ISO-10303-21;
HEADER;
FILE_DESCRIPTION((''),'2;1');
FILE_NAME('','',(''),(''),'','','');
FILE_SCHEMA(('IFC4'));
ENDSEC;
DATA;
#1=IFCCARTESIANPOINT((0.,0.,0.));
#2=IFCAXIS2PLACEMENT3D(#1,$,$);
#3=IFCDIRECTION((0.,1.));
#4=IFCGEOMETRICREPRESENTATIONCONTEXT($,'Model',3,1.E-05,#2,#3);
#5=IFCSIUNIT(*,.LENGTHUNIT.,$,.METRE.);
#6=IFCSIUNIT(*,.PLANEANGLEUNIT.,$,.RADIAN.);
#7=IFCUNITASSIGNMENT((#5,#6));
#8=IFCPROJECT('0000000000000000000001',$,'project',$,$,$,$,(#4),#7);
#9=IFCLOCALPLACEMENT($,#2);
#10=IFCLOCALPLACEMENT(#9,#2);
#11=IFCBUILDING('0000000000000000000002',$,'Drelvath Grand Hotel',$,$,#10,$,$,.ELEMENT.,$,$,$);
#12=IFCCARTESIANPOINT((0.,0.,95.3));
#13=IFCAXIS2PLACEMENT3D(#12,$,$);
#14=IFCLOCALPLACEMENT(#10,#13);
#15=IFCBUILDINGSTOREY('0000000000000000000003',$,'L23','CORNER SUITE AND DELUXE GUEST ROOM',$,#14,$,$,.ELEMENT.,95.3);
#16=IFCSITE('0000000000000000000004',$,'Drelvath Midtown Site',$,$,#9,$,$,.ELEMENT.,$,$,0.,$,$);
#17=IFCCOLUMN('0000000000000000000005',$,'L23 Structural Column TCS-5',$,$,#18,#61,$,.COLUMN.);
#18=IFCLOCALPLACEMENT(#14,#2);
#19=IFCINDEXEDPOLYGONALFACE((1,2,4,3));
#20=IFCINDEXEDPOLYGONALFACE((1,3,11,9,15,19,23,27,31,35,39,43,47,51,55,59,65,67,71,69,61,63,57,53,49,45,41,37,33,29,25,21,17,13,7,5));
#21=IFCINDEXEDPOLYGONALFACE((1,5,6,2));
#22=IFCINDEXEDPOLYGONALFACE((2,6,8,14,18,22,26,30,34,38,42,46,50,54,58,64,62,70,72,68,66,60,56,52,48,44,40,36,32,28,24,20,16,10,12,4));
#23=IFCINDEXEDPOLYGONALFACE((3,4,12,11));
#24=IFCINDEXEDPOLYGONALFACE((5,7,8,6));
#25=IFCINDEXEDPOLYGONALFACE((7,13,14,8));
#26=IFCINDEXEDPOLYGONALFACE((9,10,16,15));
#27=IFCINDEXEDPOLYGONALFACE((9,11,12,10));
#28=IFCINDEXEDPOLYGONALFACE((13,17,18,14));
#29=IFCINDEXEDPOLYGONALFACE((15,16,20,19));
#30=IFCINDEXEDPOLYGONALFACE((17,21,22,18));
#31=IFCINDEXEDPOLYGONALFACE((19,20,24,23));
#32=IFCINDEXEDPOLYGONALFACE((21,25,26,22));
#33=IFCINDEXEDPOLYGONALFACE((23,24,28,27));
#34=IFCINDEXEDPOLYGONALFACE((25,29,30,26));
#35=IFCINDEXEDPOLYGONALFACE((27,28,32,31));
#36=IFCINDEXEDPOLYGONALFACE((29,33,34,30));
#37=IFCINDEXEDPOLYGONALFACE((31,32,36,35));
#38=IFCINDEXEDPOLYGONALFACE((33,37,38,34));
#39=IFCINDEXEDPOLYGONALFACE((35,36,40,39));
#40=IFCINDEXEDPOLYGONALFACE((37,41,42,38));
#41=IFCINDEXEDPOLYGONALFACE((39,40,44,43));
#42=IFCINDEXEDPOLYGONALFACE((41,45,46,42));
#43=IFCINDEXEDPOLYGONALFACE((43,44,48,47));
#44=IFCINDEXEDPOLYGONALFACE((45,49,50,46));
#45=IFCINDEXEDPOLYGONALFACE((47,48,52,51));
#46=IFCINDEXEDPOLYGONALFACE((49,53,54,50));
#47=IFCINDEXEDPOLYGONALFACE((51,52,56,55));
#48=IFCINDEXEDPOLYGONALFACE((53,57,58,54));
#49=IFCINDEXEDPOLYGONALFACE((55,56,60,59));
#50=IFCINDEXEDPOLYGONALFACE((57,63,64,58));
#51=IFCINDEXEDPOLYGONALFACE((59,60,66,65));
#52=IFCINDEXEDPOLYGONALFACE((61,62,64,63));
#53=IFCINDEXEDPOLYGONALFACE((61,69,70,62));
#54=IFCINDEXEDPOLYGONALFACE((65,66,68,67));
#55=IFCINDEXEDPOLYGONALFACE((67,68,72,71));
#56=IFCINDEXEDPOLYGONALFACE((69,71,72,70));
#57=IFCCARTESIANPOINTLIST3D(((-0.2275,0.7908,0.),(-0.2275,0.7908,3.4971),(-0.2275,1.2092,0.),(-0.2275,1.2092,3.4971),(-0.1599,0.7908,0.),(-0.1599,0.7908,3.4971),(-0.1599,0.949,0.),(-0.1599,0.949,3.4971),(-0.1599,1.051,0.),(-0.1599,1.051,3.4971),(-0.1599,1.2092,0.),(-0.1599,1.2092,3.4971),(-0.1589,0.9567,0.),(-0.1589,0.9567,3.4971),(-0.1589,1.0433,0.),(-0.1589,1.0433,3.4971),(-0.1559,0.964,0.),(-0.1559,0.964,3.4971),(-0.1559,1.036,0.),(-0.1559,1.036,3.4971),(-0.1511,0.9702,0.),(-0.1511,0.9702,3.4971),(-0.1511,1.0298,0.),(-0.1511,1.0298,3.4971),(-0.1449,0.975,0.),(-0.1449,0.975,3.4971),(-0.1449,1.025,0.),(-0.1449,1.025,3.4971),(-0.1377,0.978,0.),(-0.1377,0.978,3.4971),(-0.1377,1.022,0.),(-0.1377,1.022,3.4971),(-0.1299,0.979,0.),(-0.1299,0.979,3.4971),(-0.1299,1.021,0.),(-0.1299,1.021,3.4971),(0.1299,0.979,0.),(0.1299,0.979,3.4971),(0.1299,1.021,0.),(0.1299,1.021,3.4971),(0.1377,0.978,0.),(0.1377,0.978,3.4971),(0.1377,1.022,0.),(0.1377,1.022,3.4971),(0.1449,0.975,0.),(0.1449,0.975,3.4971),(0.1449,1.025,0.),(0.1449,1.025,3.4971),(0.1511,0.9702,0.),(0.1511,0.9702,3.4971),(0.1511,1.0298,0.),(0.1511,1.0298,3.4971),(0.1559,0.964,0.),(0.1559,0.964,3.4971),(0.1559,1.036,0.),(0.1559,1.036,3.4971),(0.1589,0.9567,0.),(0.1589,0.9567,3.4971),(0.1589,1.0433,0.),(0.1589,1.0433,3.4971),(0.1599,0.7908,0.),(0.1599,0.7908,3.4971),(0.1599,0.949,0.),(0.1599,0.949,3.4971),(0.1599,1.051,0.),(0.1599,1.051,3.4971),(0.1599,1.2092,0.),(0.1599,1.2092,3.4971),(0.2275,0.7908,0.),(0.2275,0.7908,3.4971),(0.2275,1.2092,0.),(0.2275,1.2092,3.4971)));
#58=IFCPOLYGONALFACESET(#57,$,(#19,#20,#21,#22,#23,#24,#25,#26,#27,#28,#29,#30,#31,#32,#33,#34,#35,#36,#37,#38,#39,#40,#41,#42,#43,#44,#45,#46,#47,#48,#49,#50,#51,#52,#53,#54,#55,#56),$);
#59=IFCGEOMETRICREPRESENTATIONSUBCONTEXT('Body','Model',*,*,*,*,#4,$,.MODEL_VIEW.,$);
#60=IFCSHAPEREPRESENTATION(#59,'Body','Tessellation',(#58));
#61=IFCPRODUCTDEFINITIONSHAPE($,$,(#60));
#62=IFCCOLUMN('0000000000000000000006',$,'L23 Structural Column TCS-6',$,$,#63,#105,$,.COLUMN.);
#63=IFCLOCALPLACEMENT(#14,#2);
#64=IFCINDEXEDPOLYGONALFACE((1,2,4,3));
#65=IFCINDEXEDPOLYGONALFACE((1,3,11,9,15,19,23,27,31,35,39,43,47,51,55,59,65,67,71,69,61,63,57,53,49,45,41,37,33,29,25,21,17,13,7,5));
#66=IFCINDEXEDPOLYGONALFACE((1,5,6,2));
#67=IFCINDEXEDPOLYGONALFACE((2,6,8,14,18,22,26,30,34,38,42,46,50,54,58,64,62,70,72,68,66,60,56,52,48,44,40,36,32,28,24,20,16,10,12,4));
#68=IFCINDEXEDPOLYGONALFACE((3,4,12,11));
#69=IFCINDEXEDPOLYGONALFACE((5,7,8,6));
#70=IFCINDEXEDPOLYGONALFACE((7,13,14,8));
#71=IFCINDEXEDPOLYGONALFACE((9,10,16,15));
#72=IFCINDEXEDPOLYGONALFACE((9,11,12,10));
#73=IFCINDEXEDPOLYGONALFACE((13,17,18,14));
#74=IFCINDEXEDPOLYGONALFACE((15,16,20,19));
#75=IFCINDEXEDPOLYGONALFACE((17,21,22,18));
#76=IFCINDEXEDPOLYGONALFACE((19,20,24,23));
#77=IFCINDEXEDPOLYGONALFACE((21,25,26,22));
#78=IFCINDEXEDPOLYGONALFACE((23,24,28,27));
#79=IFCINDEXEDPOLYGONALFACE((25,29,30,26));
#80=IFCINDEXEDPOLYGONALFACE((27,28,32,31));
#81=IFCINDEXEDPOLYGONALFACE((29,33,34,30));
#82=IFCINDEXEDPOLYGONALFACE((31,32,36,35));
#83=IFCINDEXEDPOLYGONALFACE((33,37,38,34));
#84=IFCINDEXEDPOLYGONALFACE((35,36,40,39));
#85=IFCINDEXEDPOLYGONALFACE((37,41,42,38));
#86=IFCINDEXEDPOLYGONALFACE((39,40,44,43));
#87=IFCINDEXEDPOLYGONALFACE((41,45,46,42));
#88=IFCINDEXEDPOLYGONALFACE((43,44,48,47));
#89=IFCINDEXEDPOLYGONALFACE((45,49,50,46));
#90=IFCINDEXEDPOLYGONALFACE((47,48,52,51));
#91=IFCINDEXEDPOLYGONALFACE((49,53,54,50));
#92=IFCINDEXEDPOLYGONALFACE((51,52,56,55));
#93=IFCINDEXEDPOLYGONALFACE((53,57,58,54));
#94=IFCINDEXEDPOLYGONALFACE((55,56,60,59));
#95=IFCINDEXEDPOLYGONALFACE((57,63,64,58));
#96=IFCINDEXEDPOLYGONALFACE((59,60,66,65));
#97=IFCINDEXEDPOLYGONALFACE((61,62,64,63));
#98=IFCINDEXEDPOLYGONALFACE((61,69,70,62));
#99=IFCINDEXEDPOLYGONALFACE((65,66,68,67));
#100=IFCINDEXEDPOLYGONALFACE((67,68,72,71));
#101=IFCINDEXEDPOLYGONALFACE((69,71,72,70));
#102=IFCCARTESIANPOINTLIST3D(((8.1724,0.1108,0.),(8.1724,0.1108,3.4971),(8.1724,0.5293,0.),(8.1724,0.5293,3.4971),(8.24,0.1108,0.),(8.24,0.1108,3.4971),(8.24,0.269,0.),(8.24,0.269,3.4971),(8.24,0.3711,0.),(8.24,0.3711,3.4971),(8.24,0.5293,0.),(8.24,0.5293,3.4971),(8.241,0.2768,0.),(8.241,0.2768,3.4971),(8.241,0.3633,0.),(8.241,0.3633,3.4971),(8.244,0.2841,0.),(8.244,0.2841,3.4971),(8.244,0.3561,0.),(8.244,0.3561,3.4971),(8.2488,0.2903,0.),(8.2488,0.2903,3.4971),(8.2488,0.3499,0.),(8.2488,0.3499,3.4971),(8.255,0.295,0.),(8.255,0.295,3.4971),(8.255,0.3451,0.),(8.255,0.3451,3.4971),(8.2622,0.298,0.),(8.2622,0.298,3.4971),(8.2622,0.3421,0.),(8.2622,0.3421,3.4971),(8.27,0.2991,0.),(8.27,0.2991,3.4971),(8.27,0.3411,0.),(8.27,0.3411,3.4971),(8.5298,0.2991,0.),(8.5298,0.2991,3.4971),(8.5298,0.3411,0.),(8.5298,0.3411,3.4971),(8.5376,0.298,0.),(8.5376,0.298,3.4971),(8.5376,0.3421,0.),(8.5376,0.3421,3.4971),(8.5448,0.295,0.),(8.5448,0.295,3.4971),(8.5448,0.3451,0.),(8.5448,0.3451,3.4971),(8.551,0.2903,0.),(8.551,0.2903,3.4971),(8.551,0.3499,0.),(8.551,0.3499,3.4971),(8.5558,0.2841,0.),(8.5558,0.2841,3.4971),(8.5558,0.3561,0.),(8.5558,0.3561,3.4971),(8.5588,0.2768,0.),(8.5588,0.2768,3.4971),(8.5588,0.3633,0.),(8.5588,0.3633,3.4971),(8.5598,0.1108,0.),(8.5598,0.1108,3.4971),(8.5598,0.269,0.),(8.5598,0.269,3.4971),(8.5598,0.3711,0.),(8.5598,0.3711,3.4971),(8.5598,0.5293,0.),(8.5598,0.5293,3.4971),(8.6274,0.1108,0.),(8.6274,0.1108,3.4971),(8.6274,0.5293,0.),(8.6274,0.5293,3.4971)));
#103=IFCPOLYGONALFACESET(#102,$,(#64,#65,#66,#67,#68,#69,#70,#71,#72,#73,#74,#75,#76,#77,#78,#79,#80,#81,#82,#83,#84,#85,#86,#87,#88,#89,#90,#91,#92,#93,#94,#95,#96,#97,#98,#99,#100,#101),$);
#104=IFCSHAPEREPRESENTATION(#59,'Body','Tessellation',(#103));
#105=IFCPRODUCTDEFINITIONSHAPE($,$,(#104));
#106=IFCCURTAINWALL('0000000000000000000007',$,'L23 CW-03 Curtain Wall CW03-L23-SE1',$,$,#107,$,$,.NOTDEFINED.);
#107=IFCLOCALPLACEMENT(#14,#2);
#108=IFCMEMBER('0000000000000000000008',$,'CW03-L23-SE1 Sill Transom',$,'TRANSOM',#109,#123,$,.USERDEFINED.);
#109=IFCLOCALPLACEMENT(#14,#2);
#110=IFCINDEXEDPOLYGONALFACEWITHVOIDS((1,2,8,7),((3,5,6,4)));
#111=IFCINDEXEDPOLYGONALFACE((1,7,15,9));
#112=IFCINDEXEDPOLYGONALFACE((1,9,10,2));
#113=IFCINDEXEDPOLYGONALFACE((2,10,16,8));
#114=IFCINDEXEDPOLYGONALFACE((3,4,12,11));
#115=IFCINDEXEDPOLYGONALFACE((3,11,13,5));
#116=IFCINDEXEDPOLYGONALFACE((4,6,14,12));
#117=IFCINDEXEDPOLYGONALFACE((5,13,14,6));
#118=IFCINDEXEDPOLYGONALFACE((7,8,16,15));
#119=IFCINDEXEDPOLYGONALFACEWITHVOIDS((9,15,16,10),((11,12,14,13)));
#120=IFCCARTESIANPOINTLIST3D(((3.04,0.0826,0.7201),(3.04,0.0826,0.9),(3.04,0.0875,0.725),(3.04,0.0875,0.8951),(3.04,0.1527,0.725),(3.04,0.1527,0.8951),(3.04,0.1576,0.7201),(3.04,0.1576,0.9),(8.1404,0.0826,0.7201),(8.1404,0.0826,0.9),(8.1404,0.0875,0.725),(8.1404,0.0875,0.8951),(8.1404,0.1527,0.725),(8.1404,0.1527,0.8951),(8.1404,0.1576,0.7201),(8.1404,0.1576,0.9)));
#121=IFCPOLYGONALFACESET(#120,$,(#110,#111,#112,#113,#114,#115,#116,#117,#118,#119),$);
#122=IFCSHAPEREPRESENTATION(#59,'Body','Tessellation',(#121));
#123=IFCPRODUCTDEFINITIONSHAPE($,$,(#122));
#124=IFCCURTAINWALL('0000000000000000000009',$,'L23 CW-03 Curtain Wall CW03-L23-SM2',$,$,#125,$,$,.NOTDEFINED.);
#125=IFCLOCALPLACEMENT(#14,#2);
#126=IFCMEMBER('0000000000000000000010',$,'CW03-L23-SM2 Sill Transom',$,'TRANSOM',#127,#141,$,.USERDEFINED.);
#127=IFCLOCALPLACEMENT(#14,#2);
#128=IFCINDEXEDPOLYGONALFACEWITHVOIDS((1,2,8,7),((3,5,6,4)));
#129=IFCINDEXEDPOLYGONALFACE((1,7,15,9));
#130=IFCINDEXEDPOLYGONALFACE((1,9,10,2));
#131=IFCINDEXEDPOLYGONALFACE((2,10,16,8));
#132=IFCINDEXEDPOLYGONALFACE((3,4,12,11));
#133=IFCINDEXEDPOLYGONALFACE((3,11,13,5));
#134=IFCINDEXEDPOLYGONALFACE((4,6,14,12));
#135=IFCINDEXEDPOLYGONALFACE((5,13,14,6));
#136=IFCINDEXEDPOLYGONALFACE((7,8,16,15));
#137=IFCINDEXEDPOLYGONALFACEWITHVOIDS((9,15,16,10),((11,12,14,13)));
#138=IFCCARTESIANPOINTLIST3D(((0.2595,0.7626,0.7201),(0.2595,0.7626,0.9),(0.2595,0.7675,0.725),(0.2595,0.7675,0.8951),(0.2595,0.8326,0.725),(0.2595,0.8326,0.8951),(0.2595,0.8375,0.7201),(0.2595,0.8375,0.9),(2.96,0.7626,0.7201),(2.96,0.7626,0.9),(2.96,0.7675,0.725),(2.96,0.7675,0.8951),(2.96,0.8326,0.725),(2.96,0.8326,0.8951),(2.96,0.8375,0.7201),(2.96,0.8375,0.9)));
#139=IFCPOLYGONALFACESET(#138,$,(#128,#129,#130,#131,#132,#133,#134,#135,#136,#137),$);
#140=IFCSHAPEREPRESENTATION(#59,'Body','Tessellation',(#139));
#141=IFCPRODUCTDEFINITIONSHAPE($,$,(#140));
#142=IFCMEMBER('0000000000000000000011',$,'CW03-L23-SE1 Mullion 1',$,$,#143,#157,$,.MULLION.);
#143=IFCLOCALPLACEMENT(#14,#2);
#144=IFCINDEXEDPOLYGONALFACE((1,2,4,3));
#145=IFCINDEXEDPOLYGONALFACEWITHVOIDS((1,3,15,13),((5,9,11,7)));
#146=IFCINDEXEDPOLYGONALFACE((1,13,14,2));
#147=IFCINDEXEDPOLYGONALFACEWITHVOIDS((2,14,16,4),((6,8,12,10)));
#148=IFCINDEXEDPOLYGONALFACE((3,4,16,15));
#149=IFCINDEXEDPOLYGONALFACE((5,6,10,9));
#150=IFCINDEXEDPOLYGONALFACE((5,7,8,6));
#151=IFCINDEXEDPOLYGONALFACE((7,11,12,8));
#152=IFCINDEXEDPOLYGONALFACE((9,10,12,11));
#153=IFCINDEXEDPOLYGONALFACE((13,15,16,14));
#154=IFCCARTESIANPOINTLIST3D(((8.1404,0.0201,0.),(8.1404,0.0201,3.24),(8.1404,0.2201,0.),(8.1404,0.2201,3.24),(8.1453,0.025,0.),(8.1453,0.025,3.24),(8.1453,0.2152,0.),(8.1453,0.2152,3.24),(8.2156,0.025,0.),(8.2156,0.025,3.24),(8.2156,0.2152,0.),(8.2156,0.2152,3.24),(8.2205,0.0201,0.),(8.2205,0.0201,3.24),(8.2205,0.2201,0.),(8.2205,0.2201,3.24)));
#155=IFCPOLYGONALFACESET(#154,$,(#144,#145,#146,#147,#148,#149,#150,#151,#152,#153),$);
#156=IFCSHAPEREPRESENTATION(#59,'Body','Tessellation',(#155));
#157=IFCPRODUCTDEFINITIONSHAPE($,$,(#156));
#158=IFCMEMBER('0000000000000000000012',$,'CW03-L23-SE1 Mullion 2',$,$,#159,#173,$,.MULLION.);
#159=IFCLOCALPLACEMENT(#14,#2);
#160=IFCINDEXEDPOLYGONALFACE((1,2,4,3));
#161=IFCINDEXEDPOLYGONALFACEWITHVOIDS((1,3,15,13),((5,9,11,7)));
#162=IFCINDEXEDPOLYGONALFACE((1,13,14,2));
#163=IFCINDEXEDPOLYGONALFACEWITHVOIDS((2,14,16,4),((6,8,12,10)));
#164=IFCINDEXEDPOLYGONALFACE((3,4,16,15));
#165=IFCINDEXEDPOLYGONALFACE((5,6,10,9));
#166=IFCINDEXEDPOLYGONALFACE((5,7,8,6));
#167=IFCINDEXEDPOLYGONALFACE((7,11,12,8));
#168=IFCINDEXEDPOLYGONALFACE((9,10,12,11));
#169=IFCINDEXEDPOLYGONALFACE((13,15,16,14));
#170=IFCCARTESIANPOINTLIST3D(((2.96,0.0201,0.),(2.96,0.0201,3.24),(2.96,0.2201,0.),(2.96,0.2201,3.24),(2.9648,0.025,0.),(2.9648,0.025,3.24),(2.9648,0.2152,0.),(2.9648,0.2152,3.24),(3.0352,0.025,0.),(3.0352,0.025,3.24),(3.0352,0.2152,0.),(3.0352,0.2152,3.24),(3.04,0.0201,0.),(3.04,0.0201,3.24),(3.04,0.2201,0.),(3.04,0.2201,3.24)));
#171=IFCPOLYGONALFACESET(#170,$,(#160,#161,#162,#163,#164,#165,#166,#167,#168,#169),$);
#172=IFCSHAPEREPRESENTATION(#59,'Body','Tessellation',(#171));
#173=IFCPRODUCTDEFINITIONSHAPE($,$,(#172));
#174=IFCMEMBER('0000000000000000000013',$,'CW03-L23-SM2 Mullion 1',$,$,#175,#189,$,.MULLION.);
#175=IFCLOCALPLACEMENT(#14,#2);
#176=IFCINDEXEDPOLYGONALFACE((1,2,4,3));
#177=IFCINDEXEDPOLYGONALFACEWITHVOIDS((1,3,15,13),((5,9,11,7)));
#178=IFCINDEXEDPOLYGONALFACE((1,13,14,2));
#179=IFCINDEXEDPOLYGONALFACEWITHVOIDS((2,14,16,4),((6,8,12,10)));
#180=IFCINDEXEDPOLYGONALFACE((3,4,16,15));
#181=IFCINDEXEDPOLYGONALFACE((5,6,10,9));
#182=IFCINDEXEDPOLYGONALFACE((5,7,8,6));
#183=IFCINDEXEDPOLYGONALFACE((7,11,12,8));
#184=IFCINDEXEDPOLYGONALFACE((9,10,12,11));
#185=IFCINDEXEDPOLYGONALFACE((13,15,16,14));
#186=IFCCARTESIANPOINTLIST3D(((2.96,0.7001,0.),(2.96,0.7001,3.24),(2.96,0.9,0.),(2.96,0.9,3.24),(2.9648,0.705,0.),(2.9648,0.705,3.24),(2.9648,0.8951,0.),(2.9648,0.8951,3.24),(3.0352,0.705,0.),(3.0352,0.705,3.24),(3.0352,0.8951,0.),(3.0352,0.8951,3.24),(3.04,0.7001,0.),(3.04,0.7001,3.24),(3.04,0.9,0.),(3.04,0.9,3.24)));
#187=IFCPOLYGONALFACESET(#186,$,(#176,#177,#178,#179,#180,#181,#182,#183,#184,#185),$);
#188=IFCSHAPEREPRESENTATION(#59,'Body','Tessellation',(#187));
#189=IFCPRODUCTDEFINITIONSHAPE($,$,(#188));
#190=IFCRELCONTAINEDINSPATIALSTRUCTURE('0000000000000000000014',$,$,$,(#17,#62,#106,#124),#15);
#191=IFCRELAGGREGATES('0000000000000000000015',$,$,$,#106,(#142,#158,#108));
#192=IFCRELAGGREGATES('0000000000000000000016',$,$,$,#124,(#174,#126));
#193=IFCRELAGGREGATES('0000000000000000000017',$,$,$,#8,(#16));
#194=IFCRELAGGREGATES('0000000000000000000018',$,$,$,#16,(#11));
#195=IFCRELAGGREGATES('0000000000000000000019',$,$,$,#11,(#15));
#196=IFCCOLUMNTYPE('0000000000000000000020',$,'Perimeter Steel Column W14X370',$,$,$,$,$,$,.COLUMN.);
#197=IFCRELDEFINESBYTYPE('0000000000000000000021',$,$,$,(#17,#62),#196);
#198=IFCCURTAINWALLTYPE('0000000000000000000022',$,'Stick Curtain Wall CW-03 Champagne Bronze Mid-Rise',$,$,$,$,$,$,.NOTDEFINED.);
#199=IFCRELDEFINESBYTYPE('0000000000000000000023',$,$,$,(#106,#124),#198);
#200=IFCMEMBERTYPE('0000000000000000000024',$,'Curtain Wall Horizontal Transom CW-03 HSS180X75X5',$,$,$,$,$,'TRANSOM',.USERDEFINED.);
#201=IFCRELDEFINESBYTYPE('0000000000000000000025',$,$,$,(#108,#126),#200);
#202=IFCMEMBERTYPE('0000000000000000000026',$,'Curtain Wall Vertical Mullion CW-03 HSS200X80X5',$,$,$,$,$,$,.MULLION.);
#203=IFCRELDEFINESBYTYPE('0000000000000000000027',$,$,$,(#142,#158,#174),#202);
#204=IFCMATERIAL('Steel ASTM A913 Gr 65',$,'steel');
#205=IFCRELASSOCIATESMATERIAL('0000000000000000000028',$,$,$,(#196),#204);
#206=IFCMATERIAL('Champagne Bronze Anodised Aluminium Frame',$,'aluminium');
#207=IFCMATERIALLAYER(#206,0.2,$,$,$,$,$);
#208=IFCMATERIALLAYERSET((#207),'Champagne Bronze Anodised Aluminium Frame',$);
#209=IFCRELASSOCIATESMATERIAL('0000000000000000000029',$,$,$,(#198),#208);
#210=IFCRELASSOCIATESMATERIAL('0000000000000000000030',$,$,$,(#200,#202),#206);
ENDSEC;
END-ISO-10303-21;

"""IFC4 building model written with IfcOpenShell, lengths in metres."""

from ifc_helpers import new_model, si_unit, direction, frame, origin, origin_2d, place, context, subcontext, project, spatial, hollow_rectangle, i_section, extrude, material, layer, layer_set, material_profile, profile_set, type_object, element, aggregate, save


model = new_model("IFC4")

# Units and contexts
model_context = context("Model", 3, precision=1e-05, world=origin(), true_north=direction((0.0, 1.0)))
body_context = subcontext(model_context, "Body", "Model", "MODEL_VIEW")
ifc_project = project(units=[si_unit("LENGTHUNIT", "METRE"), si_unit("PLANEANGLEUNIT", "RADIAN")], contexts=[model_context])

# Site, building, storey
site_placement = place(None, origin())
site = spatial("IfcSite", under=ifc_project, at=site_placement, Name="Drelvath Midtown Site", CompositionType="ELEMENT", RefElevation=0.0)
building_placement = place(site_placement, origin())
building = spatial("IfcBuilding", under=site, at=building_placement, Name="Drelvath Grand Hotel", CompositionType="ELEMENT")
storey_placement = place(building_placement, frame((0.0, 0.0, 95.3)))
storey = spatial("IfcBuildingStorey", under=building, at=storey_placement, Name="L23", Description="CORNER SUITE AND DELUXE GUEST ROOM", CompositionType="ELEMENT", Elevation=95.3)

# Columns
ifc_material_1 = material(Name="Steel ASTM A913 Gr 65", Category="steel")
ifc_material_profile_1 = material_profile(ifc_material_1, i_section(OverallWidth=0.4185, OverallDepth=0.4551, WebThickness=0.042, FlangeThickness=0.0676, FilletRadius=0.03, at=origin_2d()), Name="W14X370")
ifc_profile_set_1 = profile_set([ifc_material_profile_1], Name="Steel ASTM A913 Gr 65")
column_type = type_object("IfcColumnType", Name="Perimeter Steel Column W14X370", PredefinedType="COLUMN", material=ifc_profile_set_1)
for number, where, z_axis, x_axis, name in (
    (1, (0.0, 1.0, 0.0), (0.0, 0.0, 1.0), (0.0, 1.0, 0.0), "L23 Structural Column TCS-5"),
    (2, (8.3999, 0.3201, 0.0), (0.0, 0.0, 1.0), (0.0, 1.0, 0.0), "L23 Structural Column TCS-6"),
):
    element("IfcColumn", number, at=place(storey_placement, frame(where, z_axis=z_axis, x_axis=x_axis)), inside=storey, type_object=column_type, Name=name, PredefinedType="COLUMN", context=body_context, shape_type="SweptSolid", body=[
        extrude(i_section(OverallWidth=0.4185, OverallDepth=0.4551, WebThickness=0.042, FlangeThickness=0.0676, FilletRadius=0.03, at=origin_2d()), origin(), (0.0, 0.0, 1.0), 3.4971),
    ])

# Curtain walls, members
ifc_material_2 = material(Name="Champagne Bronze Anodised Aluminium Frame", Category="aluminium")
ifc_layer_1 = layer(ifc_material_2, 0.2)
ifc_layer_set_1 = layer_set([ifc_layer_1], Name="Champagne Bronze Anodised Aluminium Frame")
curtain_wall_type = type_object("IfcCurtainWallType", Name="Stick Curtain Wall CW-03 Champagne Bronze Mid-Rise", PredefinedType="NOTDEFINED", material=ifc_layer_set_1)
curtain_wall_1_placement = place(storey_placement, origin())
curtain_wall_1 = element("IfcCurtainWall", 3, at=curtain_wall_1_placement, inside=storey, type_object=curtain_wall_type, Name="L23 CW-03 Curtain Wall CW03-L23-SE1", PredefinedType="NOTDEFINED")
ifc_material_profile_2 = material_profile(ifc_material_2, hollow_rectangle(XDim=0.075, YDim=0.1799, WallThickness=0.0049, at=origin_2d()), Name="HSS180X75X5")
ifc_profile_set_2 = profile_set([ifc_material_profile_2], Name="Champagne Bronze Anodised Aluminium Frame")
member_type_1 = type_object("IfcMemberType", Name="Curtain Wall Horizontal Transom CW-03 HSS180X75X5", ElementType="TRANSOM", PredefinedType="USERDEFINED", material=ifc_profile_set_2)
member_1_placement = place(storey_placement, frame((8.1404, 0.1201, 0.8101), z_axis=(-1.0, 0.0, 0.0), x_axis=(0.0, -1.0, 0.0)))
member_1 = element("IfcMember", 4, at=member_1_placement, type_object=member_type_1, Name="CW03-L23-SE1 Sill Transom", ObjectType="TRANSOM", PredefinedType="USERDEFINED", context=body_context, shape_type="SweptSolid", body=[
    extrude(hollow_rectangle(XDim=0.075, YDim=0.1799, WallThickness=0.0049, at=origin_2d()), origin(), (0.0, 0.0, 1.0), 5.1003),
])
curtain_wall_2_placement = place(storey_placement, origin())
curtain_wall_2 = element("IfcCurtainWall", 5, at=curtain_wall_2_placement, inside=storey, type_object=curtain_wall_type, Name="L23 CW-03 Curtain Wall CW03-L23-SM2", PredefinedType="NOTDEFINED")
member_2_placement = place(storey_placement, frame((2.96, 0.8, 0.8101), z_axis=(-1.0, 0.0, 0.0), x_axis=(0.0, -1.0, 0.0)))
member_2 = element("IfcMember", 6, at=member_2_placement, type_object=member_type_1, Name="CW03-L23-SM2 Sill Transom", ObjectType="TRANSOM", PredefinedType="USERDEFINED", context=body_context, shape_type="SweptSolid", body=[
    extrude(hollow_rectangle(XDim=0.075, YDim=0.1799, WallThickness=0.0049, at=origin_2d()), origin(), (0.0, 0.0, 1.0), 2.7004),
])

# Members
ifc_material_profile_3 = material_profile(ifc_material_2, hollow_rectangle(XDim=0.0801, YDim=0.2, WallThickness=0.0049, at=origin_2d()), Name="HSS200X80X5")
ifc_profile_set_3 = profile_set([ifc_material_profile_3], Name="Champagne Bronze Anodised Aluminium Frame")
member_type_2 = type_object("IfcMemberType", Name="Curtain Wall Vertical Mullion CW-03 HSS200X80X5", PredefinedType="MULLION", material=ifc_profile_set_3)
member_3_placement = place(storey_placement, frame((8.1804, 0.1201, 0.0), z_axis=(0.0, 0.0, 1.0), x_axis=(1.0, 0.0, 0.0)))
member_3 = element("IfcMember", 7, at=member_3_placement, type_object=member_type_2, Name="CW03-L23-SE1 Mullion 1", PredefinedType="MULLION", context=body_context, shape_type="SweptSolid", body=[
    extrude(hollow_rectangle(XDim=0.0801, YDim=0.2, WallThickness=0.0049, at=origin_2d()), origin(), (0.0, 0.0, 1.0), 3.24),
])
member_4_placement = place(storey_placement, frame((3.0, 0.1201, 0.0), z_axis=(0.0, 0.0, 1.0), x_axis=(1.0, 0.0, 0.0)))
member_4 = element("IfcMember", 8, at=member_4_placement, type_object=member_type_2, Name="CW03-L23-SE1 Mullion 2", PredefinedType="MULLION", context=body_context, shape_type="SweptSolid", body=[
    extrude(hollow_rectangle(XDim=0.0801, YDim=0.2, WallThickness=0.0049, at=origin_2d()), origin(), (0.0, 0.0, 1.0), 3.24),
])
member_5_placement = place(storey_placement, frame((3.0, 0.8, 0.0), z_axis=(0.0, 0.0, 1.0), x_axis=(1.0, 0.0, 0.0)))
member_5 = element("IfcMember", 9, at=member_5_placement, type_object=member_type_2, Name="CW03-L23-SM2 Mullion 1", PredefinedType="MULLION", context=body_context, shape_type="SweptSolid", body=[
    extrude(hollow_rectangle(XDim=0.0801, YDim=0.2, WallThickness=0.0049, at=origin_2d()), origin(), (0.0, 0.0, 1.0), 3.24),
])

aggregate(curtain_wall_1, [member_3, member_4, member_1])
aggregate(curtain_wall_2, [member_5, member_2])

save(model, "model.ifc")
